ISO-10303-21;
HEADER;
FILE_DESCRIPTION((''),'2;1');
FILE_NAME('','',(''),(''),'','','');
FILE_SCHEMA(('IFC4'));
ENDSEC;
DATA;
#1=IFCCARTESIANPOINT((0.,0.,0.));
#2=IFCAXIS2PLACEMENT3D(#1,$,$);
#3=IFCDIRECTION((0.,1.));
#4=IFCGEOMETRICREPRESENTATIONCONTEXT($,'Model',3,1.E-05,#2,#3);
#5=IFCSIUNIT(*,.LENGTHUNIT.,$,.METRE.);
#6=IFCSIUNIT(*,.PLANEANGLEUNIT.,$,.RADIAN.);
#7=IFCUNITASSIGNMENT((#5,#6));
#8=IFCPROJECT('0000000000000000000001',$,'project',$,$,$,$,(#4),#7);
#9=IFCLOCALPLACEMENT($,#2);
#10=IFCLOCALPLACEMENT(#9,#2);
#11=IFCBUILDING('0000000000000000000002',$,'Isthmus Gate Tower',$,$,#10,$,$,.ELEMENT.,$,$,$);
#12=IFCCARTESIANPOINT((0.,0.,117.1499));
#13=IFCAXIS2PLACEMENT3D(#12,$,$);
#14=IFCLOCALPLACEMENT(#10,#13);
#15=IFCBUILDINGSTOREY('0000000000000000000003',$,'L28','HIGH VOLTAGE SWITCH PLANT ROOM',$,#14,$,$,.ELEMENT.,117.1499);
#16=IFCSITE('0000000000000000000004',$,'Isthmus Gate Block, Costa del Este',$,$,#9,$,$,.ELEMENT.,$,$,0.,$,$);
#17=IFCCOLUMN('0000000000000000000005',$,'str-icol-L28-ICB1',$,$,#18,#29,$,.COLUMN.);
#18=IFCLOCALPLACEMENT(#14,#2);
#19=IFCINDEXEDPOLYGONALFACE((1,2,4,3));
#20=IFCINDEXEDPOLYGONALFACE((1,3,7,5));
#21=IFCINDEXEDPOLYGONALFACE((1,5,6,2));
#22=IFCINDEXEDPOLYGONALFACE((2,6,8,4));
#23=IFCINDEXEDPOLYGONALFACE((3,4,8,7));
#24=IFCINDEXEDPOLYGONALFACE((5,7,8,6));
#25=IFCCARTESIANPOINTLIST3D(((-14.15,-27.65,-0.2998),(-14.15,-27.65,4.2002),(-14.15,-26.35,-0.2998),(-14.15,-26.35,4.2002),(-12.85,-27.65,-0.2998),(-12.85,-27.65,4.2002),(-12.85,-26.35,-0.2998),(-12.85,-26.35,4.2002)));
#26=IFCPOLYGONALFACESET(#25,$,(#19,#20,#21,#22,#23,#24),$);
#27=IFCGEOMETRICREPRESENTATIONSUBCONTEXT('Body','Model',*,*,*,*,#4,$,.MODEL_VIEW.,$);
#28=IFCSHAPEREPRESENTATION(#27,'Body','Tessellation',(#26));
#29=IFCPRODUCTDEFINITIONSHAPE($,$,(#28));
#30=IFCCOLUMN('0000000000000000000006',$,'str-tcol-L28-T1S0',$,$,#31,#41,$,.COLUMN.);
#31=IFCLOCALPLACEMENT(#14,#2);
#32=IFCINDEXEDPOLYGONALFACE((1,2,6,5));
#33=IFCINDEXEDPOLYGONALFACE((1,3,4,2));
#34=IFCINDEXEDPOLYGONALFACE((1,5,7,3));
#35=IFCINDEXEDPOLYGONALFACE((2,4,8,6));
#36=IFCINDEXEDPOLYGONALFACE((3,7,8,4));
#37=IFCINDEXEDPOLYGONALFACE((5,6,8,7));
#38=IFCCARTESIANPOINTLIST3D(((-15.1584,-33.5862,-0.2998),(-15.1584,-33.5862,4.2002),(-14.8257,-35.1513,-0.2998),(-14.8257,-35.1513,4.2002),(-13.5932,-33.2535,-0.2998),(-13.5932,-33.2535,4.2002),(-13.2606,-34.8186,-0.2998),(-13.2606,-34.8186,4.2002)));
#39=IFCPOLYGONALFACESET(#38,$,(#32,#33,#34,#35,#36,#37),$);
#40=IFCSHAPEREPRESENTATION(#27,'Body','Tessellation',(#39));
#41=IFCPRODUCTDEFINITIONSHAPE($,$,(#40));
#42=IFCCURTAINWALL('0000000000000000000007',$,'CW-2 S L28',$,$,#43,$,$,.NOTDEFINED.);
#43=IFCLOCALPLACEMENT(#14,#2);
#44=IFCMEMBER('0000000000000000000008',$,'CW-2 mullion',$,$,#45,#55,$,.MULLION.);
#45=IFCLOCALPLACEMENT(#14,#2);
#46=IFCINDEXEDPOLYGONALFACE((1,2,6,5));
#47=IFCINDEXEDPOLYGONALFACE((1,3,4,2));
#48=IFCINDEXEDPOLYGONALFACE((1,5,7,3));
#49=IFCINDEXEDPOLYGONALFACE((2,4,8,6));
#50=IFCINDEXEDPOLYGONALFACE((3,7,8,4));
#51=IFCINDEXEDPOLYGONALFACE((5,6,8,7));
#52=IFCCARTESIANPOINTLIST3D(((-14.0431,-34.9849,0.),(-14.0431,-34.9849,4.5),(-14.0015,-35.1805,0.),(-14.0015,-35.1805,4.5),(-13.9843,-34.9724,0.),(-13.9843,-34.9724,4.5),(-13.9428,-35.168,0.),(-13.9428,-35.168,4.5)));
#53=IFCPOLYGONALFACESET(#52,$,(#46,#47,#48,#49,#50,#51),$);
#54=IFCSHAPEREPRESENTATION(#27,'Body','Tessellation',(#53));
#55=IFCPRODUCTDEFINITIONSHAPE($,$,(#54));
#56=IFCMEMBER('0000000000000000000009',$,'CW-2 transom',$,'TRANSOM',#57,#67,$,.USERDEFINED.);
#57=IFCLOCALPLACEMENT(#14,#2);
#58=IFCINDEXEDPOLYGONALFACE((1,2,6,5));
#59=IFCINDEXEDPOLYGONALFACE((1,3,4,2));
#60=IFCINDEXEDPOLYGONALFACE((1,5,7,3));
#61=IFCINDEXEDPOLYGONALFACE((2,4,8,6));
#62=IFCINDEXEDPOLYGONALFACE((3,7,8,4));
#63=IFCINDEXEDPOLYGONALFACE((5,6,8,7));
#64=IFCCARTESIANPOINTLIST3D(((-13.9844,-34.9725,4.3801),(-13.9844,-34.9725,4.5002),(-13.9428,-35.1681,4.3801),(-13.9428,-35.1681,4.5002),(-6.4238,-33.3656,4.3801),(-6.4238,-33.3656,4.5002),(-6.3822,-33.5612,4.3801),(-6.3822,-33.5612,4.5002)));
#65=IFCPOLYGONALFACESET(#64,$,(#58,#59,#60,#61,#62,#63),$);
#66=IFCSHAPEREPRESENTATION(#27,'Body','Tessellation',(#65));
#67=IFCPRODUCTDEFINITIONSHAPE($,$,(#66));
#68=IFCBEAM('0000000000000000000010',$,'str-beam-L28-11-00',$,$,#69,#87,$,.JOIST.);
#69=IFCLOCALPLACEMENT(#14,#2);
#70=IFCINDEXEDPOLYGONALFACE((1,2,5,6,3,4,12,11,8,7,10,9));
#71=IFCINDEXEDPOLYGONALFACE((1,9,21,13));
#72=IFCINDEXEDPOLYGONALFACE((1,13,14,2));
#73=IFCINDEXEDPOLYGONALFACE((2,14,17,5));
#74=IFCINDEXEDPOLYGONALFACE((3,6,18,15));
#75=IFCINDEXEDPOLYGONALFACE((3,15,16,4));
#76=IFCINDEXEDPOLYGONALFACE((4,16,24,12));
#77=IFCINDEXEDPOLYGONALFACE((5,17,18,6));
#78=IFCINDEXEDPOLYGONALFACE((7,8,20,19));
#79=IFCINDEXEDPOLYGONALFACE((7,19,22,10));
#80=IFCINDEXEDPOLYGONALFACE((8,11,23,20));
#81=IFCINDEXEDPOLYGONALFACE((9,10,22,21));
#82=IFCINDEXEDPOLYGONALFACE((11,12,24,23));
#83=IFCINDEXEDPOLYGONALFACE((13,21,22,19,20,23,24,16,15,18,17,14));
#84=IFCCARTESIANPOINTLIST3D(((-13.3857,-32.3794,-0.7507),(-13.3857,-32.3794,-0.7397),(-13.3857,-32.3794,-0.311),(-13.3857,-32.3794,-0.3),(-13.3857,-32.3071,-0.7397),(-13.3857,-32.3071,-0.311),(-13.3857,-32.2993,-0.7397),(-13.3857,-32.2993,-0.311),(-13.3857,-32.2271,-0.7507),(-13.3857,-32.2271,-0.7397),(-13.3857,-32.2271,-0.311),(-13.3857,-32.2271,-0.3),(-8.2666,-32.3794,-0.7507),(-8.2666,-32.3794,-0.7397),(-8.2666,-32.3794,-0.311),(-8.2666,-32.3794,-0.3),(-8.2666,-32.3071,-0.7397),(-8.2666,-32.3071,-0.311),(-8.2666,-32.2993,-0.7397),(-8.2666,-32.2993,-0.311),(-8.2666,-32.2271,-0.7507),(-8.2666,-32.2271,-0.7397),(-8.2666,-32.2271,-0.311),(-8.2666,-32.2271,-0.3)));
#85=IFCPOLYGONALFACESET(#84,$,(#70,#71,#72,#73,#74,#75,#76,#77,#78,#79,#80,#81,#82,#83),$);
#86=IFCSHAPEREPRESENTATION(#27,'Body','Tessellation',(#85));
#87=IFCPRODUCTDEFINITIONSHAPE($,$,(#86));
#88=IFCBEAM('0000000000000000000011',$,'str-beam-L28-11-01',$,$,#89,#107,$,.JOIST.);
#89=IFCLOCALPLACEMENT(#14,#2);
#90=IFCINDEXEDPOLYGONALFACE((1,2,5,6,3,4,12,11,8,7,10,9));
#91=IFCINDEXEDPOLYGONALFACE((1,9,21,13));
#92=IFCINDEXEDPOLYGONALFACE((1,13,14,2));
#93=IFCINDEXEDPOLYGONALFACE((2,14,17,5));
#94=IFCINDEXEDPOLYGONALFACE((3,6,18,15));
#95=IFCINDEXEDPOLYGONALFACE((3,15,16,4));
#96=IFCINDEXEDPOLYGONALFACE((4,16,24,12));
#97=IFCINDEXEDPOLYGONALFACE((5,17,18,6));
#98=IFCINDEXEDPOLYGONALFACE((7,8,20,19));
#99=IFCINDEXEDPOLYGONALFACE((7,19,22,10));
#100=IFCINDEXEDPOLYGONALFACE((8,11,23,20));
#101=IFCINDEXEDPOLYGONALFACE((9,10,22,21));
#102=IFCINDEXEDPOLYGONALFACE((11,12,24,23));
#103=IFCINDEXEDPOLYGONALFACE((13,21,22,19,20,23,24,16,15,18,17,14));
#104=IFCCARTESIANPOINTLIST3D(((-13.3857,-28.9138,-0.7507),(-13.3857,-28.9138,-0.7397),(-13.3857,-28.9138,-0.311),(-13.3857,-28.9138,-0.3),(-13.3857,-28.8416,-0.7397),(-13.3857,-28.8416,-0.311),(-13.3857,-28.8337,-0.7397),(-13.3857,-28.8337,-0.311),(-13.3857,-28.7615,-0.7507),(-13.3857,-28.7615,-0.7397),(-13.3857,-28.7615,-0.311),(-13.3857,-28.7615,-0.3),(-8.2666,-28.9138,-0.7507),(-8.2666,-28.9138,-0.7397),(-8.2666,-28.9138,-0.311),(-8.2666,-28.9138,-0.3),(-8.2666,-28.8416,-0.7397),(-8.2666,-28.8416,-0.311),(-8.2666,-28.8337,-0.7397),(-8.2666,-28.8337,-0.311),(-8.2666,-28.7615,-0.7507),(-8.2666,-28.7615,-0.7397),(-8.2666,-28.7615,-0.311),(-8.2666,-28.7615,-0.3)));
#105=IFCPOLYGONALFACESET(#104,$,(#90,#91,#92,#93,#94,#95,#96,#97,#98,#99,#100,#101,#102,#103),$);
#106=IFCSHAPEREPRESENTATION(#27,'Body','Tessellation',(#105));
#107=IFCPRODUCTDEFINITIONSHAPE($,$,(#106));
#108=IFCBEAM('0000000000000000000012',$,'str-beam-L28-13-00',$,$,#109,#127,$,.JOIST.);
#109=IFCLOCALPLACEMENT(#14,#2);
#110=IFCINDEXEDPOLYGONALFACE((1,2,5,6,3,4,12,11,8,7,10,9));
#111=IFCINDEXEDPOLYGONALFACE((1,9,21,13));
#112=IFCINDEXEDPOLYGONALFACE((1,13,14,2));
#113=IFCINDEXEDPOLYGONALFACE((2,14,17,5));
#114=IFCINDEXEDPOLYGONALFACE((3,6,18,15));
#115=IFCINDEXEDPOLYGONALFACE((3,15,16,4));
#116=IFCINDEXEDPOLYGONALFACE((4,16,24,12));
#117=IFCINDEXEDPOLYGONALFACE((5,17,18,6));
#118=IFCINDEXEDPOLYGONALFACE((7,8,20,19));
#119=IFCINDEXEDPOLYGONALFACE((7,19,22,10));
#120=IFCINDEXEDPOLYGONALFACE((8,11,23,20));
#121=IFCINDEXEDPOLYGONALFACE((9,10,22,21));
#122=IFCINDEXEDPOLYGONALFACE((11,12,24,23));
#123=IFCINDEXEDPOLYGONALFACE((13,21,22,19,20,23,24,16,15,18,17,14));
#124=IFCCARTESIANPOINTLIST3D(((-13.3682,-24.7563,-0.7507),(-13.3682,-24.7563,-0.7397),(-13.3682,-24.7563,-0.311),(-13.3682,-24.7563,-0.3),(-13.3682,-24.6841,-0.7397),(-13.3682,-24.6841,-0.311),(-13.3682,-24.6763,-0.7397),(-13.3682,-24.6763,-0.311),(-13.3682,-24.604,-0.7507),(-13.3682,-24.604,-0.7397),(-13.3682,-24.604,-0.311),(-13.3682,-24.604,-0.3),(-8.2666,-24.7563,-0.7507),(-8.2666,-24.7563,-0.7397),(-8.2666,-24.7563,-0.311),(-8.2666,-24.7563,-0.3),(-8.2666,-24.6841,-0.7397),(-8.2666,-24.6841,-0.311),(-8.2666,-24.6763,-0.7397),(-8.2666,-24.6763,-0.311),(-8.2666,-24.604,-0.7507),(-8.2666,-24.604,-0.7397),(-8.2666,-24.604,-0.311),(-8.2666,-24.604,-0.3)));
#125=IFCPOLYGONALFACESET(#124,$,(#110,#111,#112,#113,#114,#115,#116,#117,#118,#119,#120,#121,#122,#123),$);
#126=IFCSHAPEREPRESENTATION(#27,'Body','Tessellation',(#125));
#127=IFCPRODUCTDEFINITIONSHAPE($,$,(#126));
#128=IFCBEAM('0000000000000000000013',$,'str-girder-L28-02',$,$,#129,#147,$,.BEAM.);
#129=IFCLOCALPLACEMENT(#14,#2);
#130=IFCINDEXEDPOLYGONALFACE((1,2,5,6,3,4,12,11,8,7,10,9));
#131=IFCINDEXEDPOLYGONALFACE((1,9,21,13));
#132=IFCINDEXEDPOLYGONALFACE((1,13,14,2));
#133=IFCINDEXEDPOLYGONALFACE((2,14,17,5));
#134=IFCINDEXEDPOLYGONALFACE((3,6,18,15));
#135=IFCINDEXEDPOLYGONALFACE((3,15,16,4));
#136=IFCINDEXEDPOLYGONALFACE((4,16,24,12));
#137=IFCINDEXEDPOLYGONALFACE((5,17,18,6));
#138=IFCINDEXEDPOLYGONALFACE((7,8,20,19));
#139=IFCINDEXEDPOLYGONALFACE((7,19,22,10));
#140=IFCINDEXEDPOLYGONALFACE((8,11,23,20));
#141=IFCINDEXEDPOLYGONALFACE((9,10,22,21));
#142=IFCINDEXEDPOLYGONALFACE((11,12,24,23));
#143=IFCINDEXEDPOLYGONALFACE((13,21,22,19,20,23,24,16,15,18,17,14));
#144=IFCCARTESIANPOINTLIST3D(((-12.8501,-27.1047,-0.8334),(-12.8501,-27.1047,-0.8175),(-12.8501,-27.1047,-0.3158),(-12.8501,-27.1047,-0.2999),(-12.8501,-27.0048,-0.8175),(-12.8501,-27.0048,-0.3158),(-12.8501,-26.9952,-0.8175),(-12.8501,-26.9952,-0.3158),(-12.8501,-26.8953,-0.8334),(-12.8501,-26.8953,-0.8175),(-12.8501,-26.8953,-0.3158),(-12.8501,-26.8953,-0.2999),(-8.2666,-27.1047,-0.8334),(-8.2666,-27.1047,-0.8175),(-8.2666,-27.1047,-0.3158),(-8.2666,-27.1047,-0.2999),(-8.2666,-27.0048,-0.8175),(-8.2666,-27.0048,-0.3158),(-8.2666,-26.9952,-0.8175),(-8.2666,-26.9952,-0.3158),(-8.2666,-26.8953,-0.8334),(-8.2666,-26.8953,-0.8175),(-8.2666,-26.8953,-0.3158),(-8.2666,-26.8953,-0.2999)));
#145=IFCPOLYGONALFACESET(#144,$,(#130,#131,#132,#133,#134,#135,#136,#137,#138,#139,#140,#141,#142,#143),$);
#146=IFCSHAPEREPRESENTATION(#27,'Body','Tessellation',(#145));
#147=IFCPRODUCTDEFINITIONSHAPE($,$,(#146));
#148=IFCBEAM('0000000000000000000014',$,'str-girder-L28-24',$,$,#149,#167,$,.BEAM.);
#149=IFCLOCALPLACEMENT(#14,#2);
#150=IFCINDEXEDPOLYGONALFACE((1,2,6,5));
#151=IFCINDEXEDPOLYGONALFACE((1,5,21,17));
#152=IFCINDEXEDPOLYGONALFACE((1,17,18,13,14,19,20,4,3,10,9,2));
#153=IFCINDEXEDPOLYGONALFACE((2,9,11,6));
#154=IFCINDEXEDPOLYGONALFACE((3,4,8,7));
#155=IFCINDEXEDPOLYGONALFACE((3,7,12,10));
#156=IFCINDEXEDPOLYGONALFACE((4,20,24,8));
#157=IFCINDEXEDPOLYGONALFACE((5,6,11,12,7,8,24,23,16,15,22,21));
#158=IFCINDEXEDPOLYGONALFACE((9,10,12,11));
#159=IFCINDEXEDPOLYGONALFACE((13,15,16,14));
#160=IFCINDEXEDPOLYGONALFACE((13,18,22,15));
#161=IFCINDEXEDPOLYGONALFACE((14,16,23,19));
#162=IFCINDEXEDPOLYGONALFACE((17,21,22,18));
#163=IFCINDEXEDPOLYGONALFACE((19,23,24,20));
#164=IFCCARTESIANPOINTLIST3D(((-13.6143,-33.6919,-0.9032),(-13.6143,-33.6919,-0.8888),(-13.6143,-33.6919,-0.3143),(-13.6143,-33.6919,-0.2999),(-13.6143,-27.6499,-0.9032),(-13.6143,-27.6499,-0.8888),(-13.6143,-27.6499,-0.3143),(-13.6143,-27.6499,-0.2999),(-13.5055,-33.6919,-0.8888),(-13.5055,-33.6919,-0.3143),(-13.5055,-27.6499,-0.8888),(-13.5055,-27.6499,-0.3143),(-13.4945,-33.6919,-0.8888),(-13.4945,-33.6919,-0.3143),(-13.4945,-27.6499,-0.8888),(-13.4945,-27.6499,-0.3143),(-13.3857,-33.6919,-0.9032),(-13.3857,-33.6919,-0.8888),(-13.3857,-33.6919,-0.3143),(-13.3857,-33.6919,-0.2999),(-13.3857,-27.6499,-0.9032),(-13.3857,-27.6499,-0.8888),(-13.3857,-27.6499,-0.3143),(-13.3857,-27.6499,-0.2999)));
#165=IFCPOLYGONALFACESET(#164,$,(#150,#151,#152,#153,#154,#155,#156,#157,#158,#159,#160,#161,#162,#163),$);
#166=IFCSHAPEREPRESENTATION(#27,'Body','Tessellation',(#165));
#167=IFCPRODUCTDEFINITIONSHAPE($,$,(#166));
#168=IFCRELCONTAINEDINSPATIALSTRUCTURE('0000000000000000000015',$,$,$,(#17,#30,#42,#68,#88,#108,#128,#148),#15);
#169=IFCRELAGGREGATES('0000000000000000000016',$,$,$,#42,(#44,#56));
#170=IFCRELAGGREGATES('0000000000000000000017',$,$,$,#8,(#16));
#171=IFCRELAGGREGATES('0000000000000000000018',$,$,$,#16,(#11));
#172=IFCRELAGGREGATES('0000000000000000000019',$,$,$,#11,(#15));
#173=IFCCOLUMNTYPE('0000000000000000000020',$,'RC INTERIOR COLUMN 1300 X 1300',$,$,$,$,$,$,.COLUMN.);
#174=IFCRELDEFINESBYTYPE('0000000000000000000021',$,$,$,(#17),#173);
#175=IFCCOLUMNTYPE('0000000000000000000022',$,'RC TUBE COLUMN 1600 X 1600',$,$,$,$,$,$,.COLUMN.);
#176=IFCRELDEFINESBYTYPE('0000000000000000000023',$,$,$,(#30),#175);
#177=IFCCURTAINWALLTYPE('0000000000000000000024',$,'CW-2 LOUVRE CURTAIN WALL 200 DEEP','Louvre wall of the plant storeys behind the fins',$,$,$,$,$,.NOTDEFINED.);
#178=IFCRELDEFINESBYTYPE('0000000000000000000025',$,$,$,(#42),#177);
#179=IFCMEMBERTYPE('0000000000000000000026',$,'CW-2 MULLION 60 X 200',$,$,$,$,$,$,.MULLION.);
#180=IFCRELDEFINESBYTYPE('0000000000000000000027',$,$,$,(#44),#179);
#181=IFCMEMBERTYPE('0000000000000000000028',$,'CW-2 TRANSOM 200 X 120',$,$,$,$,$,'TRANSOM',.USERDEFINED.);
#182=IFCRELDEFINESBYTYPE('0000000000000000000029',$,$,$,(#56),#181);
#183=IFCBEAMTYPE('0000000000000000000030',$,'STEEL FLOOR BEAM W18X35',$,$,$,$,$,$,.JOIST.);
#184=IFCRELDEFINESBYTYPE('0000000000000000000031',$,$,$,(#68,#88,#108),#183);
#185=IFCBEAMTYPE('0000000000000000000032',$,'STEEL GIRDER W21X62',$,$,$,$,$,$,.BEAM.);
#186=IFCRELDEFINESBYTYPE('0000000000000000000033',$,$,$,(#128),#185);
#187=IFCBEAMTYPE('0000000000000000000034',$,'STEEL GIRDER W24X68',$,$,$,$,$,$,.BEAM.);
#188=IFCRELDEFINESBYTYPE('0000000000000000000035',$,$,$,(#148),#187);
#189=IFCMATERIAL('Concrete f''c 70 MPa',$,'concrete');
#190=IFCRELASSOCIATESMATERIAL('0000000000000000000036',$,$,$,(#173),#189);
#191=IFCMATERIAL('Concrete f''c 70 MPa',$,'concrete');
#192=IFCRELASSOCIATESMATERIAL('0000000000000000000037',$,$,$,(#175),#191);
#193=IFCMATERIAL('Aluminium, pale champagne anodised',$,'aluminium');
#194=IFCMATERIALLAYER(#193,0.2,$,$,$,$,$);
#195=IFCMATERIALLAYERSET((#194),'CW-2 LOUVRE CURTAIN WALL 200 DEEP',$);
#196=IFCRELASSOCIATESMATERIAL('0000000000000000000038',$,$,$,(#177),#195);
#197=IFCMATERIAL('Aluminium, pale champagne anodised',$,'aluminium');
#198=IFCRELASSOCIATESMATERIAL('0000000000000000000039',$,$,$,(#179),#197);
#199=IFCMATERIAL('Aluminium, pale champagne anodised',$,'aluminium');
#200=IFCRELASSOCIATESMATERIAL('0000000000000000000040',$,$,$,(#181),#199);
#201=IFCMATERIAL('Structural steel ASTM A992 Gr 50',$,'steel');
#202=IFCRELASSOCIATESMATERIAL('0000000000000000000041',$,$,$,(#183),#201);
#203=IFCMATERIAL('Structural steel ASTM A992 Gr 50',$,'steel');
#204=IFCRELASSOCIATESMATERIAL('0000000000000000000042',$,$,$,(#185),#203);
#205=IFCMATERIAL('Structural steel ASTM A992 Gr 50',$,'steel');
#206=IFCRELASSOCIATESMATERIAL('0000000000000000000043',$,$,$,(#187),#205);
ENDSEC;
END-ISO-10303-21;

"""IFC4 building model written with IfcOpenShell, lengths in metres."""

from ifc_helpers import new_model, si_unit, direction, frame, origin, origin_2d, place, context, subcontext, project, spatial, rectangle, i_section, extrude, material, layer, layer_set, material_profile, profile_set, type_object, element, aggregate, save


model = new_model("IFC4")

# Units and contexts
model_context = context("Model", 3, precision=1e-05, world=origin(), true_north=direction((0.0, 1.0)))
body_context = subcontext(model_context, "Body", "Model", "MODEL_VIEW")
ifc_project = project(units=[si_unit("LENGTHUNIT", "METRE"), si_unit("PLANEANGLEUNIT", "RADIAN")], contexts=[model_context])

# Site, building, storey
site_placement = place(None, origin())
site = spatial("IfcSite", under=ifc_project, at=site_placement, Name="Isthmus Gate Block, Costa del Este", CompositionType="ELEMENT", RefElevation=0.0)
building_placement = place(site_placement, origin())
building = spatial("IfcBuilding", under=site, at=building_placement, Name="Isthmus Gate Tower", CompositionType="ELEMENT")
storey_placement = place(building_placement, frame((0.0, 0.0, 117.1499)))
storey = spatial("IfcBuildingStorey", under=building, at=storey_placement, Name="L28", Description="HIGH VOLTAGE SWITCH PLANT ROOM", CompositionType="ELEMENT", Elevation=117.1499)

# Columns
ifc_material_1 = material(Name="Concrete f'c 70 MPa", Category="concrete")
ifc_material_profile_1 = material_profile(ifc_material_1, rectangle(XDim=1.3, YDim=1.3, at=origin_2d()), Name="RC 1300X1300")
ifc_profile_set_1 = profile_set([ifc_material_profile_1], Name="Concrete f'c 70 MPa")
column_type_1 = type_object("IfcColumnType", Name="RC INTERIOR COLUMN 1300 X 1300", PredefinedType="COLUMN", material=ifc_profile_set_1)
column_1_placement = place(storey_placement, frame((-13.5, -27.0, -0.2998), z_axis=(0.0, 0.0, 1.0), x_axis=(1.0, 0.0, 0.0)))
element("IfcColumn", 1, at=column_1_placement, inside=storey, type_object=column_type_1, Name="str-icol-L28-ICB1", PredefinedType="COLUMN", context=body_context, shape_type="SweptSolid", body=[
    extrude(rectangle(XDim=1.3, YDim=1.3, at=origin_2d()), origin(), (0.0, 0.0, 1.0), 4.5),
])
ifc_material_2 = material(Name="Concrete f'c 70 MPa", Category="concrete")
ifc_material_profile_2 = material_profile(ifc_material_2, rectangle(XDim=1.6001, YDim=1.6001, at=origin_2d()), Name="RC 1600X1600")
ifc_profile_set_2 = profile_set([ifc_material_profile_2], Name="Concrete f'c 70 MPa")
column_type_2 = type_object("IfcColumnType", Name="RC TUBE COLUMN 1600 X 1600", PredefinedType="COLUMN", material=ifc_profile_set_2)
column_2_placement = place(storey_placement, frame((-14.2095, -34.2024, -0.2998), z_axis=(0.0, 0.0, 1.0), x_axis=(0.978148, 0.207912, 0.0)))
element("IfcColumn", 2, at=column_2_placement, inside=storey, type_object=column_type_2, Name="str-tcol-L28-T1S0", PredefinedType="COLUMN", context=body_context, shape_type="SweptSolid", body=[
    extrude(rectangle(XDim=1.6001, YDim=1.6001, at=origin_2d()), origin(), (0.0, 0.0, 1.0), 4.5),
])

# Curtain wall, members
ifc_material_3 = material(Name="Aluminium, pale champagne anodised", Category="aluminium")
ifc_layer_1 = layer(ifc_material_3, 0.2)
ifc_layer_set_1 = layer_set([ifc_layer_1], Name="CW-2 LOUVRE CURTAIN WALL 200 DEEP")
curtain_wall_type = type_object("IfcCurtainWallType", Name="CW-2 LOUVRE CURTAIN WALL 200 DEEP", Description="Louvre wall of the plant storeys behind the fins", PredefinedType="NOTDEFINED", material=ifc_layer_set_1)
curtain_wall_placement = place(storey_placement, origin())
curtain_wall = element("IfcCurtainWall", 3, at=curtain_wall_placement, inside=storey, type_object=curtain_wall_type, Name="CW-2 S L28", PredefinedType="NOTDEFINED")
ifc_material_4 = material(Name="Aluminium, pale champagne anodised", Category="aluminium")
ifc_material_profile_3 = material_profile(ifc_material_4, rectangle(XDim=0.0601, YDim=0.2, at=origin_2d()), Name="60x200")
ifc_profile_set_3 = profile_set([ifc_material_profile_3], Name="Aluminium, pale champagne anodised")
member_type_1 = type_object("IfcMemberType", Name="CW-2 MULLION 60 X 200", PredefinedType="MULLION", material=ifc_profile_set_3)
member_1_placement = place(storey_placement, frame((-13.9929, -35.0764, 0.0), z_axis=(0.0, 0.0, 1.0), x_axis=(0.978148, 0.207912, 0.0)))
member_1 = element("IfcMember", 4, at=member_1_placement, type_object=member_type_1, Name="CW-2 mullion", PredefinedType="MULLION", context=body_context, shape_type="SweptSolid", body=[
    extrude(rectangle(XDim=0.0601, YDim=0.2, at=origin_2d()), origin(), (0.0, 0.0, 1.0), 4.5),
])
ifc_material_5 = material(Name="Aluminium, pale champagne anodised", Category="aluminium")
ifc_material_profile_4 = material_profile(ifc_material_5, rectangle(XDim=0.2, YDim=0.1201, at=origin_2d()), Name="200x120")
ifc_profile_set_4 = profile_set([ifc_material_profile_4], Name="Aluminium, pale champagne anodised")
member_type_2 = type_object("IfcMemberType", Name="CW-2 TRANSOM 200 X 120", ElementType="TRANSOM", PredefinedType="USERDEFINED", material=ifc_profile_set_4)
member_2_placement = place(storey_placement, frame((-13.9636, -35.0703, 4.4402), z_axis=(0.978151, 0.207898, 0.0), x_axis=(-0.207898, 0.978151, 0.0)))
member_2 = element("IfcMember", 5, at=member_2_placement, type_object=member_type_2, Name="CW-2 transom", ObjectType="TRANSOM", PredefinedType="USERDEFINED", context=body_context, shape_type="SweptSolid", body=[
    extrude(rectangle(XDim=0.2, YDim=0.1201, at=origin_2d()), origin(), (0.0, 0.0, 1.0), 7.7295),
])

# Beams
ifc_material_6 = material(Name="Structural steel ASTM A992 Gr 50", Category="steel")
ifc_material_profile_5 = material_profile(ifc_material_6, i_section(OverallWidth=0.1523, OverallDepth=0.4507, WebThickness=0.0078, FlangeThickness=0.011, at=origin_2d()), Name="W18X35")
ifc_profile_set_5 = profile_set([ifc_material_profile_5], Name="Structural steel ASTM A992 Gr 50")
beam_type_1 = type_object("IfcBeamType", Name="STEEL FLOOR BEAM W18X35", PredefinedType="JOIST", material=ifc_profile_set_5)
for number, where, z_axis, x_axis, name in (
    (6, (-13.3857, -32.3032, -0.5254), (1.0, 0.0, 0.0), (0.0, 1.0, 0.0), "str-beam-L28-11-00"),
    (7, (-13.3857, -28.8376, -0.5254), (1.0, 0.0, 0.0), (0.0, 1.0, 0.0), "str-beam-L28-11-01"),
):
    element("IfcBeam", number, at=place(storey_placement, frame(where, z_axis=z_axis, x_axis=x_axis)), inside=storey, type_object=beam_type_1, Name=name, PredefinedType="JOIST", context=body_context, shape_type="SweptSolid", body=[
        extrude(i_section(OverallWidth=0.1523, OverallDepth=0.4507, WebThickness=0.0078, FlangeThickness=0.011, at=origin_2d()), origin(), (0.0, 0.0, 1.0), 5.1191),
    ])
beam_1_placement = place(storey_placement, frame((-13.3682, -24.6802, -0.5254), z_axis=(1.0, 0.0, 0.0), x_axis=(0.0, 1.0, 0.0)))
element("IfcBeam", 8, at=beam_1_placement, inside=storey, type_object=beam_type_1, Name="str-beam-L28-13-00", PredefinedType="JOIST", context=body_context, shape_type="SweptSolid", body=[
    extrude(i_section(OverallWidth=0.1523, OverallDepth=0.4507, WebThickness=0.0078, FlangeThickness=0.011, at=origin_2d()), origin(), (0.0, 0.0, 1.0), 5.1016),
])
ifc_material_7 = material(Name="Structural steel ASTM A992 Gr 50", Category="steel")
ifc_material_profile_6 = material_profile(ifc_material_7, i_section(OverallWidth=0.2095, OverallDepth=0.5334, WebThickness=0.0095, FlangeThickness=0.0159, at=origin_2d()), Name="W21X62")
ifc_profile_set_6 = profile_set([ifc_material_profile_6], Name="Structural steel ASTM A992 Gr 50")
beam_type_2 = type_object("IfcBeamType", Name="STEEL GIRDER W21X62", PredefinedType="BEAM", material=ifc_profile_set_6)
beam_2_placement = place(storey_placement, frame((-12.8501, -27.0, -0.5667), z_axis=(1.0, 0.0, 0.0), x_axis=(0.0, 1.0, 0.0)))
element("IfcBeam", 9, at=beam_2_placement, inside=storey, type_object=beam_type_2, Name="str-girder-L28-02", PredefinedType="BEAM", context=body_context, shape_type="SweptSolid", body=[
    extrude(i_section(OverallWidth=0.2095, OverallDepth=0.5334, WebThickness=0.0095, FlangeThickness=0.0159, at=origin_2d()), origin(), (0.0, 0.0, 1.0), 4.5835),
])
ifc_material_8 = material(Name="Structural steel ASTM A992 Gr 50", Category="steel")
ifc_material_profile_7 = material_profile(ifc_material_8, i_section(OverallWidth=0.2285, OverallDepth=0.6033, WebThickness=0.011, FlangeThickness=0.0144, at=origin_2d()), Name="W24X68")
ifc_profile_set_7 = profile_set([ifc_material_profile_7], Name="Structural steel ASTM A992 Gr 50")
beam_type_3 = type_object("IfcBeamType", Name="STEEL GIRDER W24X68", PredefinedType="BEAM", material=ifc_profile_set_7)
beam_3_placement = place(storey_placement, frame((-13.5, -33.6919, -0.6016), z_axis=(0.0, 1.0, 0.0), x_axis=(-1.0, 0.0, 0.0)))
element("IfcBeam", 10, at=beam_3_placement, inside=storey, type_object=beam_type_3, Name="str-girder-L28-24", PredefinedType="BEAM", context=body_context, shape_type="SweptSolid", body=[
    extrude(i_section(OverallWidth=0.2285, OverallDepth=0.6033, WebThickness=0.011, FlangeThickness=0.0144, at=origin_2d()), origin(), (0.0, 0.0, 1.0), 6.042),
])

aggregate(curtain_wall, [member_1, member_2])

save(model, "model.ifc")
